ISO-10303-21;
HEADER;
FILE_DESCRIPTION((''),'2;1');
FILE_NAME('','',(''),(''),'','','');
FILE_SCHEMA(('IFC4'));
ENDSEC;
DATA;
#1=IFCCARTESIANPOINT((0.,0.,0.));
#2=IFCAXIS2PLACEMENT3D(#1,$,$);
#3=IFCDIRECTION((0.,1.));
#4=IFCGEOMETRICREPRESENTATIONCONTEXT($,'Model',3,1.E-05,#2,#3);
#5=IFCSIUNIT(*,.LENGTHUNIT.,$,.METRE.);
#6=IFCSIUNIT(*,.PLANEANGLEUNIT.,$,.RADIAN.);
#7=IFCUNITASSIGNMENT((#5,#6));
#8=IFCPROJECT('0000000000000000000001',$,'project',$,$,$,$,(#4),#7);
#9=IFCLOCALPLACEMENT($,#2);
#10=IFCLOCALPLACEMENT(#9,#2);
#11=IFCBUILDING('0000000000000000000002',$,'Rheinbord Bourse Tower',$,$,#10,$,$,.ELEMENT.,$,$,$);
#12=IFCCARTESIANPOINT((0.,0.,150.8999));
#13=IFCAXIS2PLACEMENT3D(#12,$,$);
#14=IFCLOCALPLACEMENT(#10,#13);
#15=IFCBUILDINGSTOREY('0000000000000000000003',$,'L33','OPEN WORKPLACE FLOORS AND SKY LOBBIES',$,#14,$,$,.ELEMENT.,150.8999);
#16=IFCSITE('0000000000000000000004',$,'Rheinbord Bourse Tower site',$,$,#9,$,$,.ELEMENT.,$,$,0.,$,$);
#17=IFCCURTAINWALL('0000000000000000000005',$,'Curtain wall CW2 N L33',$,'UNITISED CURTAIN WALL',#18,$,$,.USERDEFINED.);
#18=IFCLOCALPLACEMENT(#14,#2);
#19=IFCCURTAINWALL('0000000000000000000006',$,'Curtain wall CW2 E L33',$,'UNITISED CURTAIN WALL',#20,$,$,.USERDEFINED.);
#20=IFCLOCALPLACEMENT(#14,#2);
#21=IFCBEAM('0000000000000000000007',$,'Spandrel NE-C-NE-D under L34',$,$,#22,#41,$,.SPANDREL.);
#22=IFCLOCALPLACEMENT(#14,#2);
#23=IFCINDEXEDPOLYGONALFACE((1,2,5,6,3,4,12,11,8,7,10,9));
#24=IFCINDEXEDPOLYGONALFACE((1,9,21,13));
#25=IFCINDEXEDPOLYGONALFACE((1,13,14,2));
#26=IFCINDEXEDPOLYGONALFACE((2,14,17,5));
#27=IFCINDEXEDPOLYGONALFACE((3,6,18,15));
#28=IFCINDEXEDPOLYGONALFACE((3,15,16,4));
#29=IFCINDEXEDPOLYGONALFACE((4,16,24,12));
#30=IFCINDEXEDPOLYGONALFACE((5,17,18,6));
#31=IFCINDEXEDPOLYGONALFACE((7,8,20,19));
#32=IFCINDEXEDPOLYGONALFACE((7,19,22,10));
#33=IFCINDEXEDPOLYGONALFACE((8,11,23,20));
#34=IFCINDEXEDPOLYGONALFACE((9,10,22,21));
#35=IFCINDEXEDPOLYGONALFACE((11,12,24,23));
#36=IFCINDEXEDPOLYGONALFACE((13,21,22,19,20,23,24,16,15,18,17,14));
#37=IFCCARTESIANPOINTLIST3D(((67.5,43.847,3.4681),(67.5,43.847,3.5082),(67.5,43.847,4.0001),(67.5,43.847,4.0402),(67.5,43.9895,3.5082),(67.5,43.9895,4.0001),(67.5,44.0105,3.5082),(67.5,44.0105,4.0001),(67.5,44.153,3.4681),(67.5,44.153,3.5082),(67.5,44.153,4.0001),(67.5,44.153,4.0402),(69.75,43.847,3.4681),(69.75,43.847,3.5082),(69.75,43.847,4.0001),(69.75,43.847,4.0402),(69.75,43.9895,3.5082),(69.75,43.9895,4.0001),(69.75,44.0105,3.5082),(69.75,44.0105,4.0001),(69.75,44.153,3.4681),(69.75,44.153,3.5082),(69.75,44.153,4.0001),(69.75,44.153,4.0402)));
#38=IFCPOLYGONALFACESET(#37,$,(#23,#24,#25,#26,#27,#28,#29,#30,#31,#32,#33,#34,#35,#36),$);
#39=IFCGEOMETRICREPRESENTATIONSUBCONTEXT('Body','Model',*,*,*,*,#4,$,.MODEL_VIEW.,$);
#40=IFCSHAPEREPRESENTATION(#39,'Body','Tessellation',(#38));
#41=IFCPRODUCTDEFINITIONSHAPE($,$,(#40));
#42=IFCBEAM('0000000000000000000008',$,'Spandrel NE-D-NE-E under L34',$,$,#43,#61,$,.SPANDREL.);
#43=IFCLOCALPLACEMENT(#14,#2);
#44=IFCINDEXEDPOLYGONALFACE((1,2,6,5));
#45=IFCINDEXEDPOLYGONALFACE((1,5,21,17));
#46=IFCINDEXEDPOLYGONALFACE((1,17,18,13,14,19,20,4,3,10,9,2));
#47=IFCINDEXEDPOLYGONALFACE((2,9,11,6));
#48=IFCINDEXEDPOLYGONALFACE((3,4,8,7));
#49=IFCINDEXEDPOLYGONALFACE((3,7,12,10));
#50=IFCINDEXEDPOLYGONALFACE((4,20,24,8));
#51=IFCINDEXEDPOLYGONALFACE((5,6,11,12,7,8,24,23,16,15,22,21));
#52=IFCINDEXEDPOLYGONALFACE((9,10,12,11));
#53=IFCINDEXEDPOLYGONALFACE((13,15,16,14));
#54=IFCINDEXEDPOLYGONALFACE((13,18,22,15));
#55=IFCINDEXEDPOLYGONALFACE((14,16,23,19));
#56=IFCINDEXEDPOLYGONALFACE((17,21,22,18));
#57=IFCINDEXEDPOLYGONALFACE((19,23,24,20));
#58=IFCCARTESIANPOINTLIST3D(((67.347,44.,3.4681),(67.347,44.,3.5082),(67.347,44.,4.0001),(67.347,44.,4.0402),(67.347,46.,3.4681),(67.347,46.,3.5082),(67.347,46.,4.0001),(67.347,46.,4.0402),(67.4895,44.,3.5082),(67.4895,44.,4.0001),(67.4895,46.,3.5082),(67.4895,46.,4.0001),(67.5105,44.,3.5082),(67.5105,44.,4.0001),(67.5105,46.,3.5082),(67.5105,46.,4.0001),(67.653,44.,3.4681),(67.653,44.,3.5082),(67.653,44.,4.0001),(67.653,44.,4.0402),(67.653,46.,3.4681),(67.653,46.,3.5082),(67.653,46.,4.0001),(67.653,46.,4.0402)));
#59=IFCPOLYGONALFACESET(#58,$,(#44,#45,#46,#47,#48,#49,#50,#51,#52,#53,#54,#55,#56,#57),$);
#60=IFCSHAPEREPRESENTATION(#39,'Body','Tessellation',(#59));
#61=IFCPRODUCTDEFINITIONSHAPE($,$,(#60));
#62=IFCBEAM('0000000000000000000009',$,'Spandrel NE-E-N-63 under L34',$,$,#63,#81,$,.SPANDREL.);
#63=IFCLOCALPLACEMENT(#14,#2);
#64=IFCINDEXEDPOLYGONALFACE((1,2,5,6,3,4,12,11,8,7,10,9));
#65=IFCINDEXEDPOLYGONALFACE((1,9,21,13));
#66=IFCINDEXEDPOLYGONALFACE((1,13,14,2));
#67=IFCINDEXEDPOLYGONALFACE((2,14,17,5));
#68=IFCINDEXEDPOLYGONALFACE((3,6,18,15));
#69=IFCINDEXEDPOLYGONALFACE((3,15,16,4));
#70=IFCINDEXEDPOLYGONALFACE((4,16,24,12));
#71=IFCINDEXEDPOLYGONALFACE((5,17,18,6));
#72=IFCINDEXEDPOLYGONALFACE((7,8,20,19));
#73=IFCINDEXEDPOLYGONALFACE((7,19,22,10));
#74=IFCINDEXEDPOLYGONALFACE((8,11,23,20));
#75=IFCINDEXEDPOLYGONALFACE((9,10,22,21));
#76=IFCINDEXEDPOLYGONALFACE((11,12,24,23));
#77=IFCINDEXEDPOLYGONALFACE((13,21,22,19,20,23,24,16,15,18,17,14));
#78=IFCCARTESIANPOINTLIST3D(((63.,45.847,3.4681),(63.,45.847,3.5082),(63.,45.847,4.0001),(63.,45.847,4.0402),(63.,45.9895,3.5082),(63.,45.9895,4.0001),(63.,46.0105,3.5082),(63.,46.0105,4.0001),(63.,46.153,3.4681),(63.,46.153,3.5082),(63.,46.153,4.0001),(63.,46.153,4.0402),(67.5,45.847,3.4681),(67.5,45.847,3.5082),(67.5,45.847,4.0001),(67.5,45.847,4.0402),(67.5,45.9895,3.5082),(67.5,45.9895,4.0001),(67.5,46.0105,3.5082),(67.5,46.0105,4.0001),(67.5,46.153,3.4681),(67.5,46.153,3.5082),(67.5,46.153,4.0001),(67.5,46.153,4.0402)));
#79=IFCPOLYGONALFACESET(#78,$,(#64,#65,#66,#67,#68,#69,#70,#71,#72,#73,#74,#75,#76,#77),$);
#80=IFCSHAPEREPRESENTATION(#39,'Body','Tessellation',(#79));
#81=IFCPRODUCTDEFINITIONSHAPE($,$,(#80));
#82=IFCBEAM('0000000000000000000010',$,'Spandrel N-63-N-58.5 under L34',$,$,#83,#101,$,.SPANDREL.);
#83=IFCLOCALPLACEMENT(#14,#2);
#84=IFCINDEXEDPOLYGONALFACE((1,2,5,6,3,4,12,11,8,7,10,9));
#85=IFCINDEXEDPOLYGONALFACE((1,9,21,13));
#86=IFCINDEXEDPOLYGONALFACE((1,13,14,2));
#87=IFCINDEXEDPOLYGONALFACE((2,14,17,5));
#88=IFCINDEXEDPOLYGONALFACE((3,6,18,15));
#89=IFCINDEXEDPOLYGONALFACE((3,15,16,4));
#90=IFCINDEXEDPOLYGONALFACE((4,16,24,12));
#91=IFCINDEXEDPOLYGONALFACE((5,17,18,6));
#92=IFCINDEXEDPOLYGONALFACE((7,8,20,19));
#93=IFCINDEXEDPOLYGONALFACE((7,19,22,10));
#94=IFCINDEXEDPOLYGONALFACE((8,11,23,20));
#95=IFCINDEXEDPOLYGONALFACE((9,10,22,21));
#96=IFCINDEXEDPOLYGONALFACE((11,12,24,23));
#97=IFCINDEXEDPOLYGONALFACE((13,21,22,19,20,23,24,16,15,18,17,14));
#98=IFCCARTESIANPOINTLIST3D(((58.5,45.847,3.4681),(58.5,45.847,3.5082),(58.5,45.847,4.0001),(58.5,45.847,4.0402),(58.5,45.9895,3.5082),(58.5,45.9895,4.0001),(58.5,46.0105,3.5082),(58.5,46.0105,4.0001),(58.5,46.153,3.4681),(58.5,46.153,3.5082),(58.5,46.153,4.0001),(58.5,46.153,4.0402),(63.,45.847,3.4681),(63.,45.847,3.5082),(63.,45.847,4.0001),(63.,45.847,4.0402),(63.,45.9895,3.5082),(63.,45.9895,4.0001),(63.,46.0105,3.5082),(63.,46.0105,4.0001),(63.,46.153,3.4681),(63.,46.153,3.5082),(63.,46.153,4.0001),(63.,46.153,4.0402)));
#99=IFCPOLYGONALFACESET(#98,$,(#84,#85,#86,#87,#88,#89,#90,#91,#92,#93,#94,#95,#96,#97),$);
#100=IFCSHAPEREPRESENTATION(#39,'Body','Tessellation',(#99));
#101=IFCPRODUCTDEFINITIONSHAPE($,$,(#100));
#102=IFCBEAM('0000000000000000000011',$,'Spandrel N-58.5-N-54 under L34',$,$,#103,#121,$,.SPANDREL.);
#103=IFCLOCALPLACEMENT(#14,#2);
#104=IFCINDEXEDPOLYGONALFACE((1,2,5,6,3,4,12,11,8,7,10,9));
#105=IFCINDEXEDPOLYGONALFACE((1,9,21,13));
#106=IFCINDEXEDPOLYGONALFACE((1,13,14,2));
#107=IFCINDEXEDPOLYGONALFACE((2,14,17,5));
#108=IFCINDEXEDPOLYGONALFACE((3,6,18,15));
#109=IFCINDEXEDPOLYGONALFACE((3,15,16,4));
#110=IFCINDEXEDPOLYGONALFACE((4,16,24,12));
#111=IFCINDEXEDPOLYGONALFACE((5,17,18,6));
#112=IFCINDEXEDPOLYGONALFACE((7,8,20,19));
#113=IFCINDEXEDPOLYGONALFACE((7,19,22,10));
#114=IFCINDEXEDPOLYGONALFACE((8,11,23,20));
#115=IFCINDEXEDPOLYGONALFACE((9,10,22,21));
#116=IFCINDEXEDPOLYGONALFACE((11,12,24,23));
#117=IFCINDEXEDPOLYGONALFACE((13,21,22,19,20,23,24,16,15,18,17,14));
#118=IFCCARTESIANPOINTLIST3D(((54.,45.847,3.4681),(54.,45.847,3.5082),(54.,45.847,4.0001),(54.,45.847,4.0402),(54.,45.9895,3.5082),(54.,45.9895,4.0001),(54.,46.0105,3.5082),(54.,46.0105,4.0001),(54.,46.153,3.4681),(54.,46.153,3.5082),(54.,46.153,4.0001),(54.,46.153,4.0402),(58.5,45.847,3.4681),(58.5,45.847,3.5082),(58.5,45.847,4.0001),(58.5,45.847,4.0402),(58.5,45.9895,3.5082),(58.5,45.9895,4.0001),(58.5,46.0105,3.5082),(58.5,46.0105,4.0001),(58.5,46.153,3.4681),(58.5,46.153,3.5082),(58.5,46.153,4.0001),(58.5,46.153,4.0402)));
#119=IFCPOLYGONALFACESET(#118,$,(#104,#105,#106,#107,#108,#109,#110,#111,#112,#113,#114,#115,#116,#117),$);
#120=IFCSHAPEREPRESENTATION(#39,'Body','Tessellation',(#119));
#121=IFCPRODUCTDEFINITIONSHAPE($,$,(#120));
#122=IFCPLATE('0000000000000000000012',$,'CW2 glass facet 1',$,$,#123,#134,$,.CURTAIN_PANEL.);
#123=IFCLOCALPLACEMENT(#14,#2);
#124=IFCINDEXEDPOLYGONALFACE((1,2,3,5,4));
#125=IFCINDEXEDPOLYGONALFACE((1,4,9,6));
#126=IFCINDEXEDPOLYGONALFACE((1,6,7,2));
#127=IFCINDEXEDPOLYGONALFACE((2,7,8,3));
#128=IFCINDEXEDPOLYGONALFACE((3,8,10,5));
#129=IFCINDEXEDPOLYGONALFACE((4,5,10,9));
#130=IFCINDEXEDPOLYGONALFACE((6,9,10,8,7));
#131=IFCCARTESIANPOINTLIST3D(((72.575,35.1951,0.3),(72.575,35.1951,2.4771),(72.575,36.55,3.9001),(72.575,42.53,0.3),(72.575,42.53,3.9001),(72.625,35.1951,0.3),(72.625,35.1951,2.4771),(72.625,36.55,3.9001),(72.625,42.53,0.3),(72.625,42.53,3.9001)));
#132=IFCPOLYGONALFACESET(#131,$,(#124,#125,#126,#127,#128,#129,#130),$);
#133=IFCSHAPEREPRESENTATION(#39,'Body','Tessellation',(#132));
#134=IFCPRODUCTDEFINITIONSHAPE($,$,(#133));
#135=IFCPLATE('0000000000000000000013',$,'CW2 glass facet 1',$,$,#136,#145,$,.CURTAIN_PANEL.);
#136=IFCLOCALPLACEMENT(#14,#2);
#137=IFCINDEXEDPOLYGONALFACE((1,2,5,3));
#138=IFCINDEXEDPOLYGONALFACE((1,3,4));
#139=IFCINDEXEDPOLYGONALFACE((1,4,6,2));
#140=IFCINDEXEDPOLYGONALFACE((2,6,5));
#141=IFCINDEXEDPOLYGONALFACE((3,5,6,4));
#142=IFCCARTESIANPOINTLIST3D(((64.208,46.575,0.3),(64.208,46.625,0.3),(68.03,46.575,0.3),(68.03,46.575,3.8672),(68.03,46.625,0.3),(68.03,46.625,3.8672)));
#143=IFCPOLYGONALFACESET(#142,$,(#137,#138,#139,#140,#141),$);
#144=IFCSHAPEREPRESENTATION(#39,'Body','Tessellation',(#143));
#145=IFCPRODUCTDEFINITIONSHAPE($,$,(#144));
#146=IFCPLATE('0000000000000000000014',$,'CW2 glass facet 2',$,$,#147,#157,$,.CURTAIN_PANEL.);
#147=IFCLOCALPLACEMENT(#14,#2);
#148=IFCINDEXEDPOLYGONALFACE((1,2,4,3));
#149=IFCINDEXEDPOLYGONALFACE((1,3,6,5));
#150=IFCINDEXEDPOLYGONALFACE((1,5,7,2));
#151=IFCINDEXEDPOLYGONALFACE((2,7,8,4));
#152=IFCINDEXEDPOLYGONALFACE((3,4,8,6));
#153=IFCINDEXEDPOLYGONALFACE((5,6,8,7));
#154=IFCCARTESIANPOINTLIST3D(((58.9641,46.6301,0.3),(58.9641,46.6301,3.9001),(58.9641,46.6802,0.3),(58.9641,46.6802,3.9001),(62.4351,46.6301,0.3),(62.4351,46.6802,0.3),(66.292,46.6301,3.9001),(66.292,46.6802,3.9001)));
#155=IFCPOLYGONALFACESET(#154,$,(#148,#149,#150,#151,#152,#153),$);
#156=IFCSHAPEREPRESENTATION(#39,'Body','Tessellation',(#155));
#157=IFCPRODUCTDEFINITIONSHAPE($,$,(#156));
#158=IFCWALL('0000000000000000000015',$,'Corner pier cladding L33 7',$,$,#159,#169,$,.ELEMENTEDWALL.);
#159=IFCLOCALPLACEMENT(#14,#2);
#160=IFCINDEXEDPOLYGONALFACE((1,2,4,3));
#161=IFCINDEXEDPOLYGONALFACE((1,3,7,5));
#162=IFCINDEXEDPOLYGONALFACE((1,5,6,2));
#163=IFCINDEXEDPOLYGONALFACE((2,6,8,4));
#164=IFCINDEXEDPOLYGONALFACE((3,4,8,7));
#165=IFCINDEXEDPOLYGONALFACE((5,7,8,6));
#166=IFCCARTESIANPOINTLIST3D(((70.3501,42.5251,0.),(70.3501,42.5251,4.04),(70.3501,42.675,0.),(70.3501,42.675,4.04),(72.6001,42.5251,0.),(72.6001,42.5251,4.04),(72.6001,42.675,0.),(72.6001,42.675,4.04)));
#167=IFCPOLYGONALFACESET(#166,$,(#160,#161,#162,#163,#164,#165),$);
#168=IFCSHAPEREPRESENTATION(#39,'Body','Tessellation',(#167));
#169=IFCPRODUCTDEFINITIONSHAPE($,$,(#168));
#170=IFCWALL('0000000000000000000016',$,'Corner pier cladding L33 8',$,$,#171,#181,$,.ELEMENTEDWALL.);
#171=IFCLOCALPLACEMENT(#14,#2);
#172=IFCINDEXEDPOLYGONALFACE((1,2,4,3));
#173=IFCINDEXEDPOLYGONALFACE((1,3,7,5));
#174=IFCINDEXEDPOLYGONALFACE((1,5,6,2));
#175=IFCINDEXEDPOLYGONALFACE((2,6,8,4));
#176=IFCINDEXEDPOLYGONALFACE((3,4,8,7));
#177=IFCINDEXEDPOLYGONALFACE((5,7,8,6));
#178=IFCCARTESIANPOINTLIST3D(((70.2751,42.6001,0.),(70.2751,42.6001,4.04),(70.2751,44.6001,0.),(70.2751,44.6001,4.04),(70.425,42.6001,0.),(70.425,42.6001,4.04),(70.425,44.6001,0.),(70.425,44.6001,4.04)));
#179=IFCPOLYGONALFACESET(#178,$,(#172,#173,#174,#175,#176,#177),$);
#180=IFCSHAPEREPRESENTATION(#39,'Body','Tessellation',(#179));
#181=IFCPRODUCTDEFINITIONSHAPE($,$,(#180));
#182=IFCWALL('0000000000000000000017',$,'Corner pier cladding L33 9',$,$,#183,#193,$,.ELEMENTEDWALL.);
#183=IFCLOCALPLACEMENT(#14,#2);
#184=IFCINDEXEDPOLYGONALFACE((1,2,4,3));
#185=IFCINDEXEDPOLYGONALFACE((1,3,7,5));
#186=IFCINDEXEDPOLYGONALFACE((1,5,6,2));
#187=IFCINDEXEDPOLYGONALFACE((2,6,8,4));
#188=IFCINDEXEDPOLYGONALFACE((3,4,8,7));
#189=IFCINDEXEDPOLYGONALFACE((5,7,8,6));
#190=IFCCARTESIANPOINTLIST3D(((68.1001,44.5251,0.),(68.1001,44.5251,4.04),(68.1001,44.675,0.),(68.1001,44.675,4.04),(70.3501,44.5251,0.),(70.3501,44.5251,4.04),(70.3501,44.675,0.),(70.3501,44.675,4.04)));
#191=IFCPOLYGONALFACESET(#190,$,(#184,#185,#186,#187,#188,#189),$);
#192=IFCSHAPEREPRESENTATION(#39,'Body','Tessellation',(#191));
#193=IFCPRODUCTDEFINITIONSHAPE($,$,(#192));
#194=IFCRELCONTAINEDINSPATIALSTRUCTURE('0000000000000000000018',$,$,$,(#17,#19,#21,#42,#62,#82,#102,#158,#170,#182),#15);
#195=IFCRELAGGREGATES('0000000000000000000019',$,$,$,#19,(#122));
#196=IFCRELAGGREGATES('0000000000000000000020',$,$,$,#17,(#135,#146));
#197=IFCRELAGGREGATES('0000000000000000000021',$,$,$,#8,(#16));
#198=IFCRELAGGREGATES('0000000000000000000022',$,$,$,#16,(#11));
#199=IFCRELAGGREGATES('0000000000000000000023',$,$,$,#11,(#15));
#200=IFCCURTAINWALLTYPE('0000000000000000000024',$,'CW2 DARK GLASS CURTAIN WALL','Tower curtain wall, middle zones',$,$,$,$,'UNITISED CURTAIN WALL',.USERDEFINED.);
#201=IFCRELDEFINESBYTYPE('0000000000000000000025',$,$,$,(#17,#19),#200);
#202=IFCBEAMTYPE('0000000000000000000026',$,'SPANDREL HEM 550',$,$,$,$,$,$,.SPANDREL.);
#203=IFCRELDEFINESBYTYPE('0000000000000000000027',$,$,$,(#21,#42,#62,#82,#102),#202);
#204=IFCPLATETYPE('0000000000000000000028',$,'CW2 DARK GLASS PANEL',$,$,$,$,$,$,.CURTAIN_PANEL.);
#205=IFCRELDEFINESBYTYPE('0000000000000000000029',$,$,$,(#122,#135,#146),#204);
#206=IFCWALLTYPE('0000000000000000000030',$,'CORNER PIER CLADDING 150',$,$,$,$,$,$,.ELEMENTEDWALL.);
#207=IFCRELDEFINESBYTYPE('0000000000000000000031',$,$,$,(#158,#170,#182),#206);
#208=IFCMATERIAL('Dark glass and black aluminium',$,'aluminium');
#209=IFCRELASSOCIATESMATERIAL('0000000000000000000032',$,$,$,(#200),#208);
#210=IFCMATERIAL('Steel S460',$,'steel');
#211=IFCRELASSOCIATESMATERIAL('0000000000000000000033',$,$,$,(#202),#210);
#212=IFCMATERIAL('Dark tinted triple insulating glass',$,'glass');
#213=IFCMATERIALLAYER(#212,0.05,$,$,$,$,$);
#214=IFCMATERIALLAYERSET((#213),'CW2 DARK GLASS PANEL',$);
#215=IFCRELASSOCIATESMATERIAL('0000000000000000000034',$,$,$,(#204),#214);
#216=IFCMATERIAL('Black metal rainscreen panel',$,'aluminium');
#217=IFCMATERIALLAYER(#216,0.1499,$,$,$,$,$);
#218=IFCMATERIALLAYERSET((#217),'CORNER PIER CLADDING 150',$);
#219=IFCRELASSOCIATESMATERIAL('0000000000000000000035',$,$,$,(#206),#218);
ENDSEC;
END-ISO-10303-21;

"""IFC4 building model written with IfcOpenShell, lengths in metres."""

from ifc_helpers import new_model, si_unit, direction, frame, frame_2d, origin, origin_2d, place, context, subcontext, project, spatial, polyline, rectangle, i_section, outline, extrude, material, layer, layer_set, material_profile, profile_set, type_object, element, aggregate, save


model = new_model("IFC4")

# Units and contexts
model_context = context("Model", 3, precision=1e-05, world=origin(), true_north=direction((0.0, 1.0)))
body_context = subcontext(model_context, "Body", "Model", "MODEL_VIEW")
ifc_project = project(units=[si_unit("LENGTHUNIT", "METRE"), si_unit("PLANEANGLEUNIT", "RADIAN")], contexts=[model_context])

# Site, building, storey
site_placement = place(None, origin())
site = spatial("IfcSite", under=ifc_project, at=site_placement, Name="Rheinbord Bourse Tower site", CompositionType="ELEMENT", RefElevation=0.0)
building_placement = place(site_placement, origin())
building = spatial("IfcBuilding", under=site, at=building_placement, Name="Rheinbord Bourse Tower", CompositionType="ELEMENT")
storey_placement = place(building_placement, frame((0.0, 0.0, 150.8999)))
storey = spatial("IfcBuildingStorey", under=building, at=storey_placement, Name="L33", Description="OPEN WORKPLACE FLOORS AND SKY LOBBIES", CompositionType="ELEMENT", Elevation=150.8999)

# Curtain walls
ifc_material_1 = material(Name="Dark glass and black aluminium", Category="aluminium")
curtain_wall_type = type_object("IfcCurtainWallType", Name="CW2 DARK GLASS CURTAIN WALL", Description="Tower curtain wall, middle zones", ElementType="UNITISED CURTAIN WALL", PredefinedType="USERDEFINED", material=ifc_material_1)
curtain_wall_1_placement = place(storey_placement, origin())
curtain_wall_1 = element("IfcCurtainWall", 1, at=curtain_wall_1_placement, inside=storey, type_object=curtain_wall_type, Name="Curtain wall CW2 N L33", ObjectType="UNITISED CURTAIN WALL", PredefinedType="USERDEFINED")
curtain_wall_2_placement = place(storey_placement, origin())
curtain_wall_2 = element("IfcCurtainWall", 2, at=curtain_wall_2_placement, inside=storey, type_object=curtain_wall_type, Name="Curtain wall CW2 E L33", ObjectType="UNITISED CURTAIN WALL", PredefinedType="USERDEFINED")

# Beams
ifc_material_2 = material(Name="Steel S460", Category="steel")
ifc_material_profile_1 = material_profile(ifc_material_2, i_section(OverallWidth=0.3059, OverallDepth=0.572, WebThickness=0.021, FlangeThickness=0.04, at=origin_2d()), Name="HEM 550")
ifc_profile_set_1 = profile_set([ifc_material_profile_1], Name="Steel S460")
beam_type_1 = type_object("IfcBeamType", Name="SPANDREL HEM 550", PredefinedType="SPANDREL", material=ifc_profile_set_1)
for number, where, z_axis, x_axis, name in (
    (3, (69.75, 44.0, 3.7542), (-1.0, 0.0, 0.0), (0.0, -1.0, 0.0), "Spandrel NE-C-NE-D under L34"),
):
    element("IfcBeam", number, at=place(storey_placement, frame(where, z_axis=z_axis, x_axis=x_axis)), inside=storey, type_object=beam_type_1, Name=name, PredefinedType="SPANDREL", context=body_context, shape_type="SweptSolid", body=[
        extrude(i_section(OverallWidth=0.3059, OverallDepth=0.572, WebThickness=0.021, FlangeThickness=0.04, at=origin_2d()), origin(), (0.0, 0.0, 1.0), 2.25),
    ])
beam_placement = place(storey_placement, frame((67.5, 44.0, 3.7542), z_axis=(0.0, 1.0, 0.0), x_axis=(-1.0, 0.0, 0.0)))
element("IfcBeam", 4, at=beam_placement, inside=storey, type_object=beam_type_1, Name="Spandrel NE-D-NE-E under L34", PredefinedType="SPANDREL", context=body_context, shape_type="SweptSolid", body=[
    extrude(i_section(OverallWidth=0.3059, OverallDepth=0.572, WebThickness=0.021, FlangeThickness=0.04, at=origin_2d()), origin(), (0.0, 0.0, 1.0), 2.0),
])
for number, where, z_axis, x_axis, name in (
    (5, (67.5, 46.0, 3.7542), (-1.0, 0.0, 0.0), (0.0, -1.0, 0.0), "Spandrel NE-E-N-63 under L34"),
    (6, (63.0, 46.0, 3.7542), (-1.0, 0.0, 0.0), (0.0, -1.0, 0.0), "Spandrel N-63-N-58.5 under L34"),
    (7, (58.5, 46.0, 3.7542), (-1.0, 0.0, 0.0), (0.0, -1.0, 0.0), "Spandrel N-58.5-N-54 under L34"),
):
    element("IfcBeam", number, at=place(storey_placement, frame(where, z_axis=z_axis, x_axis=x_axis)), inside=storey, type_object=beam_type_1, Name=name, PredefinedType="SPANDREL", context=body_context, shape_type="SweptSolid", body=[
        extrude(i_section(OverallWidth=0.3059, OverallDepth=0.572, WebThickness=0.021, FlangeThickness=0.04, at=origin_2d()), origin(), (0.0, 0.0, 1.0), 4.5),
    ])

# Plates
ifc_material_3 = material(Name="Dark tinted triple insulating glass", Category="glass")
ifc_layer_1 = layer(ifc_material_3, 0.05)
ifc_layer_set_1 = layer_set([ifc_layer_1], Name="CW2 DARK GLASS PANEL")
plate_type = type_object("IfcPlateType", Name="CW2 DARK GLASS PANEL", PredefinedType="CURTAIN_PANEL", material=ifc_layer_set_1)
plate_1_placement = place(storey_placement, frame((72.625, 42.53, 3.9001), z_axis=(-1.0, 0.0, 0.0), x_axis=(0.0, 0.0, -1.0)))
plate_1 = element("IfcPlate", 8, at=plate_1_placement, type_object=plate_type, Name="CW2 glass facet 1", PredefinedType="CURTAIN_PANEL", context=body_context, shape_type="SweptSolid", body=[
    extrude(outline(polyline([(0.0, 0.0), (3.6001, 0.0), (3.6001, 7.335), (1.4231, 7.335), (0.0, 5.98), (0.0, 0.0)])), origin(), (0.0, 0.0, 1.0), 0.05),
])
aggregate(curtain_wall_2, [plate_1])
plate_2_placement = place(storey_placement, frame((68.03, 46.625, 0.3), z_axis=(0.0, -1.0, 0.0), x_axis=(0.0, 0.0, 1.0)))
plate_2 = element("IfcPlate", 9, at=plate_2_placement, type_object=plate_type, Name="CW2 glass facet 1", PredefinedType="CURTAIN_PANEL", context=body_context, shape_type="SweptSolid", body=[
    extrude(outline(polyline([(0.0, 0.0), (3.5671, 0.0), (0.0, 3.822), (0.0, 0.0)])), origin(), (0.0, 0.0, 1.0), 0.05),
])
plate_3_placement = place(storey_placement, frame((58.9641, 46.6802, 3.9001), z_axis=(0.0, -1.0, 0.0), x_axis=(0.0, 0.0, -1.0)))
plate_3 = element("IfcPlate", 10, at=plate_3_placement, type_object=plate_type, Name="CW2 glass facet 2", PredefinedType="CURTAIN_PANEL", context=body_context, shape_type="SweptSolid", body=[
    extrude(outline(polyline([(0.0, 0.0), (3.6001, 0.0), (3.6001, 3.4709), (0.0, 7.3279), (0.0, 0.0)])), origin(), (0.0, 0.0, 1.0), 0.05),
])
aggregate(curtain_wall_1, [plate_2, plate_3])

# Walls
ifc_material_4 = material(Name="Black metal rainscreen panel", Category="aluminium")
ifc_layer_2 = layer(ifc_material_4, 0.1499)
ifc_layer_set_2 = layer_set([ifc_layer_2], Name="CORNER PIER CLADDING 150")
wall_type = type_object("IfcWallType", Name="CORNER PIER CLADDING 150", PredefinedType="ELEMENTEDWALL", material=ifc_layer_set_2)
wall_1_placement = place(storey_placement, frame((72.6001, 42.6001, 0.0), z_axis=(0.0, 0.0, 1.0), x_axis=(-1.0, 0.0, 0.0)))
element("IfcWall", 11, at=wall_1_placement, inside=storey, type_object=wall_type, Name="Corner pier cladding L33 7", PredefinedType="ELEMENTEDWALL", context=body_context, shape_type="SweptSolid", body=[
    extrude(rectangle(XDim=2.25, YDim=0.1499, at=frame_2d((1.125, 0.0))), origin(), (0.0, 0.0, 1.0), 4.04),
])
wall_2_placement = place(storey_placement, frame((70.3501, 42.6001, 0.0), z_axis=(0.0, 0.0, 1.0), x_axis=(0.0, 1.0, 0.0)))
element("IfcWall", 12, at=wall_2_placement, inside=storey, type_object=wall_type, Name="Corner pier cladding L33 8", PredefinedType="ELEMENTEDWALL", context=body_context, shape_type="SweptSolid", body=[
    extrude(rectangle(XDim=2.0, YDim=0.1499, at=frame_2d((1.0, 0.0))), origin(), (0.0, 0.0, 1.0), 4.04),
])
wall_3_placement = place(storey_placement, frame((70.3501, 44.6001, 0.0), z_axis=(0.0, 0.0, 1.0), x_axis=(-1.0, 0.0, 0.0)))
element("IfcWall", 13, at=wall_3_placement, inside=storey, type_object=wall_type, Name="Corner pier cladding L33 9", PredefinedType="ELEMENTEDWALL", context=body_context, shape_type="SweptSolid", body=[
    extrude(rectangle(XDim=2.25, YDim=0.1499, at=frame_2d((1.125, 0.0))), origin(), (0.0, 0.0, 1.0), 4.04),
])

save(model, "model.ifc")
